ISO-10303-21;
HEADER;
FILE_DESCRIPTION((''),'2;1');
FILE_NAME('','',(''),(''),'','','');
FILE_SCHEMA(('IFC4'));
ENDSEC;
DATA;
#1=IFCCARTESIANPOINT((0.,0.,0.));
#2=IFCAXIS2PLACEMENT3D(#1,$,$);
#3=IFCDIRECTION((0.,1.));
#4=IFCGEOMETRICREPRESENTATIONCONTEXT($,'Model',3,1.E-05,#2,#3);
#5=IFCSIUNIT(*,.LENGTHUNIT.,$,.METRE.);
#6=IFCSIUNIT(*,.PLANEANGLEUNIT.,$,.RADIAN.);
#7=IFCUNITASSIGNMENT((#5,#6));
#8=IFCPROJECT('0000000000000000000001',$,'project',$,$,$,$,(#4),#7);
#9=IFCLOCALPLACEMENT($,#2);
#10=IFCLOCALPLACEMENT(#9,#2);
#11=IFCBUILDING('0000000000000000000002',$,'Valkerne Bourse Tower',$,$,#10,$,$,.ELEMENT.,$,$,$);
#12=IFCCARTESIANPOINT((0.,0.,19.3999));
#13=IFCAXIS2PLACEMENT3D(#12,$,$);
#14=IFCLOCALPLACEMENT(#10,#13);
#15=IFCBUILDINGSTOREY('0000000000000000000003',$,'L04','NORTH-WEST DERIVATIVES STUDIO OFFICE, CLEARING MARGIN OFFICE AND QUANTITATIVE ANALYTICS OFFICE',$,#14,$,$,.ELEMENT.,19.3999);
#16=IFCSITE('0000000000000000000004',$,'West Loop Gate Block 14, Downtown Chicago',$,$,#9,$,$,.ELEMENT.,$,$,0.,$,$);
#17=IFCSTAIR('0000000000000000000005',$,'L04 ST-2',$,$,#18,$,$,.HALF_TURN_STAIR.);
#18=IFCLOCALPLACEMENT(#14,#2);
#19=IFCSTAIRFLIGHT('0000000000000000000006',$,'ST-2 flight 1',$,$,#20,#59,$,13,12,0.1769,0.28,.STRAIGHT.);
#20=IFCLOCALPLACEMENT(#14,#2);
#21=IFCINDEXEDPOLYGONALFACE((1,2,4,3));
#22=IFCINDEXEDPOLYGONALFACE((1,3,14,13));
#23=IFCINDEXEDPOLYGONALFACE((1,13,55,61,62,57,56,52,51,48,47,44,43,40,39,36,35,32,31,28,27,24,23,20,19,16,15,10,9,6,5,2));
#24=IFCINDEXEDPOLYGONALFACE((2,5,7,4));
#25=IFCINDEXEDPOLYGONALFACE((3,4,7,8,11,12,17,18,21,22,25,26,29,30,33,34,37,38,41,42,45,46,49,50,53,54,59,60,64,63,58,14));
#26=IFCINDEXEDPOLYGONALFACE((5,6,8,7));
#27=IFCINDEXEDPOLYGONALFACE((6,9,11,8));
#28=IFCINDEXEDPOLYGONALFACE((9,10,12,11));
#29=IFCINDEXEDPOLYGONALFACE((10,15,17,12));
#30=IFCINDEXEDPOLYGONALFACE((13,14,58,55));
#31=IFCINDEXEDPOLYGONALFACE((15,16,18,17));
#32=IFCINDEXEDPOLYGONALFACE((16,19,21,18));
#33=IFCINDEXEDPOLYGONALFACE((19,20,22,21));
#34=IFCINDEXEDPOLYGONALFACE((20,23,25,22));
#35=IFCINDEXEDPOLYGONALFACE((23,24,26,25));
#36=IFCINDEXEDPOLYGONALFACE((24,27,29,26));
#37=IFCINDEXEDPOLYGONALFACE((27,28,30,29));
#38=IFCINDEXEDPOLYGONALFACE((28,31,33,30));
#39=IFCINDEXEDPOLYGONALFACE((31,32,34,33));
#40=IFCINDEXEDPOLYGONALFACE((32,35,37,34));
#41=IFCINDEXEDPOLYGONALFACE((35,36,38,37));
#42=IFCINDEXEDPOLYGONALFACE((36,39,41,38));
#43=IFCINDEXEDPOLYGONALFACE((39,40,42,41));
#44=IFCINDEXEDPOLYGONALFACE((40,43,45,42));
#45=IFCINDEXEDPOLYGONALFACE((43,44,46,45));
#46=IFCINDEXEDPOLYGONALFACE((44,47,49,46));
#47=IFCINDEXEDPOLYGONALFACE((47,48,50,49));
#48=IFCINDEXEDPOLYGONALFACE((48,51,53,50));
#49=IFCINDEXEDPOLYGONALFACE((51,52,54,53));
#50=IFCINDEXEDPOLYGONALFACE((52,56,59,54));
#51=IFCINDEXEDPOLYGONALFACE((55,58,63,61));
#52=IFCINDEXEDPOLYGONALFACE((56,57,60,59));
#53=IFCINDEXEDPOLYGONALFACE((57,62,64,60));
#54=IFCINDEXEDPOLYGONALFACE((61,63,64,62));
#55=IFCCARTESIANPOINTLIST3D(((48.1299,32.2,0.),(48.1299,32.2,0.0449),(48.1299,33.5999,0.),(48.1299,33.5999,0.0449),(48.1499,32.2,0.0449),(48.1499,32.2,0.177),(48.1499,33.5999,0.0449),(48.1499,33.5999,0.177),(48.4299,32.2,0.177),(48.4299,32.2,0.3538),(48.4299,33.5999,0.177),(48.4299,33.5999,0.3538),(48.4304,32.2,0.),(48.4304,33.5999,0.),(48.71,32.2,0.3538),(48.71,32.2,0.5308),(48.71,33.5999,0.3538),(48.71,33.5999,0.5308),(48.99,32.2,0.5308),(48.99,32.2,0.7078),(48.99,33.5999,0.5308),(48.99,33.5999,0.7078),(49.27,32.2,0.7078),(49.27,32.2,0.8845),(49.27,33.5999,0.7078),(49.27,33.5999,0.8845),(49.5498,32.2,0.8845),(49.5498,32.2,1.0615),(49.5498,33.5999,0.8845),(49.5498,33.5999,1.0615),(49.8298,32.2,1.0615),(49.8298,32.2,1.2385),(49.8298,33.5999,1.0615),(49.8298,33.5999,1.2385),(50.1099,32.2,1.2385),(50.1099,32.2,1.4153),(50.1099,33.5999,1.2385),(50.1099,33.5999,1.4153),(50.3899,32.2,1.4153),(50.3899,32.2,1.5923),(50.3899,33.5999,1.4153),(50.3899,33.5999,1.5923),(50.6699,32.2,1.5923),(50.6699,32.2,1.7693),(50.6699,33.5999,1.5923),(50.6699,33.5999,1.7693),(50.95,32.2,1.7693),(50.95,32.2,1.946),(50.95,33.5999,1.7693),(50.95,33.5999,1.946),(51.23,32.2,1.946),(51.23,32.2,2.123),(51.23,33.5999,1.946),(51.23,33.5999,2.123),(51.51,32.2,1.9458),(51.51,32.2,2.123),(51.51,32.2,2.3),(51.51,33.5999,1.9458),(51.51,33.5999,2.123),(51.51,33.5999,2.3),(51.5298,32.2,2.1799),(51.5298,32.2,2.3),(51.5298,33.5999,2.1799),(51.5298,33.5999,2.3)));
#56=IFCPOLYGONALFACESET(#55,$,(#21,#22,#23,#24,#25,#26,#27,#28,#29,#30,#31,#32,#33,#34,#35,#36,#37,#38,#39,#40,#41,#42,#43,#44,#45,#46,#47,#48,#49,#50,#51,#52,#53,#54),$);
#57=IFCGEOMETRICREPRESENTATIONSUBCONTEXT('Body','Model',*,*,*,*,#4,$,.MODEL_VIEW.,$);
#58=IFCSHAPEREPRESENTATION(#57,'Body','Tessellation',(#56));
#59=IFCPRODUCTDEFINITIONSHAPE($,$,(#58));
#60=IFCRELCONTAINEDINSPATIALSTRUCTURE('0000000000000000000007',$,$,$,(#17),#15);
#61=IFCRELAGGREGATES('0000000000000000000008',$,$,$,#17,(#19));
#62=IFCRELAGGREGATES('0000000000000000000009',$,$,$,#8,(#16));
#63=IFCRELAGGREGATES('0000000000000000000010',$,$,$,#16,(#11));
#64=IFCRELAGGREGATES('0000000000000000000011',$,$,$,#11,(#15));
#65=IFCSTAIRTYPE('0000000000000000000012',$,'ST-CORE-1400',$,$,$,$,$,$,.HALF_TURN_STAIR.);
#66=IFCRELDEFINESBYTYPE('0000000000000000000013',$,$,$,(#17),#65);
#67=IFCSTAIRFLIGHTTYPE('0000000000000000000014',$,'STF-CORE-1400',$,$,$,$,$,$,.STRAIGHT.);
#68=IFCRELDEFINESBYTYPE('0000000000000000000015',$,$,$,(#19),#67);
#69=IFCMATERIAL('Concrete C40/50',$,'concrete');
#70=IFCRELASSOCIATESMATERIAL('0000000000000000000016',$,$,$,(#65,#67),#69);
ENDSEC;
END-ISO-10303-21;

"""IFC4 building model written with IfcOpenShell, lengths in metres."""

from ifc_helpers import new_model, si_unit, direction, frame, origin, place, context, subcontext, project, spatial, polyline, outline, extrude, material, type_object, element, aggregate, save


model = new_model("IFC4")

# Units and contexts
model_context = context("Model", 3, precision=1e-05, world=origin(), true_north=direction((0.0, 1.0)))
body_context = subcontext(model_context, "Body", "Model", "MODEL_VIEW")
ifc_project = project(units=[si_unit("LENGTHUNIT", "METRE"), si_unit("PLANEANGLEUNIT", "RADIAN")], contexts=[model_context])

# Site, building, storey
site_placement = place(None, origin())
site = spatial("IfcSite", under=ifc_project, at=site_placement, Name="West Loop Gate Block 14, Downtown Chicago", CompositionType="ELEMENT", RefElevation=0.0)
building_placement = place(site_placement, origin())
building = spatial("IfcBuilding", under=site, at=building_placement, Name="Valkerne Bourse Tower", CompositionType="ELEMENT")
storey_placement = place(building_placement, frame((0.0, 0.0, 19.3999)))
storey = spatial("IfcBuildingStorey", under=building, at=storey_placement, Name="L04", Description="NORTH-WEST DERIVATIVES STUDIO OFFICE, CLEARING MARGIN OFFICE AND QUANTITATIVE ANALYTICS OFFICE", CompositionType="ELEMENT", Elevation=19.3999)

# Stair, stair flight
ifc_material_1 = material(Name="Concrete C40/50", Category="concrete")
stair_type = type_object("IfcStairType", Name="ST-CORE-1400", PredefinedType="HALF_TURN_STAIR", material=ifc_material_1)
stair_placement = place(storey_placement, origin())
stair = element("IfcStair", 1, at=stair_placement, inside=storey, type_object=stair_type, Name="L04 ST-2", PredefinedType="HALF_TURN_STAIR")
stair_flight_type = type_object("IfcStairFlightType", Name="STF-CORE-1400", PredefinedType="STRAIGHT", material=ifc_material_1)
stair_flight_placement = place(storey_placement, frame((48.1499, 32.8999, 0.0), z_axis=(0.0, 0.0, 1.0), x_axis=(1.0, 0.0, 0.0)))
stair_flight = element("IfcStairFlight", 2, at=stair_flight_placement, type_object=stair_flight_type, Name="ST-2 flight 1", NumberOfRisers=13, NumberOfTreads=12, PredefinedType="STRAIGHT", RiserHeight=0.1769, TreadLength=0.28, context=body_context, shape_type="SweptSolid", body=[
    extrude(outline(polyline([(-0.02, 0.0), (-0.02, 0.0449), (0.0, 0.0449), (0.0, 0.177), (0.28, 0.177), (0.28, 0.3538), (0.5601, 0.3538), (0.5601, 0.5308), (0.8401, 0.5308), (0.8401, 0.7078), (1.1201, 0.7078), (1.1201, 0.8845), (1.3999, 0.8845), (1.3999, 1.0615), (1.6799, 1.0615), (1.6799, 1.2385), (1.96, 1.2385), (1.96, 1.4153), (2.24, 1.4153), (2.24, 1.5923), (2.52, 1.5923), (2.52, 1.7693), (2.8, 1.7693), (2.8, 1.946), (3.0801, 1.946), (3.0801, 2.123), (3.3601, 2.123), (3.3601, 2.3), (3.3799, 2.3), (3.3799, 2.1799), (3.3601, 1.9458), (0.2805, 0.0), (-0.02, 0.0)])), frame((0.0, 0.7, 0.0), z_axis=(0.0, -1.0, 0.0), x_axis=(1.0, 0.0, 0.0)), (0.0, 0.0, 1.0), 1.3999),
])
aggregate(stair, [stair_flight])

save(model, "model.ifc")
